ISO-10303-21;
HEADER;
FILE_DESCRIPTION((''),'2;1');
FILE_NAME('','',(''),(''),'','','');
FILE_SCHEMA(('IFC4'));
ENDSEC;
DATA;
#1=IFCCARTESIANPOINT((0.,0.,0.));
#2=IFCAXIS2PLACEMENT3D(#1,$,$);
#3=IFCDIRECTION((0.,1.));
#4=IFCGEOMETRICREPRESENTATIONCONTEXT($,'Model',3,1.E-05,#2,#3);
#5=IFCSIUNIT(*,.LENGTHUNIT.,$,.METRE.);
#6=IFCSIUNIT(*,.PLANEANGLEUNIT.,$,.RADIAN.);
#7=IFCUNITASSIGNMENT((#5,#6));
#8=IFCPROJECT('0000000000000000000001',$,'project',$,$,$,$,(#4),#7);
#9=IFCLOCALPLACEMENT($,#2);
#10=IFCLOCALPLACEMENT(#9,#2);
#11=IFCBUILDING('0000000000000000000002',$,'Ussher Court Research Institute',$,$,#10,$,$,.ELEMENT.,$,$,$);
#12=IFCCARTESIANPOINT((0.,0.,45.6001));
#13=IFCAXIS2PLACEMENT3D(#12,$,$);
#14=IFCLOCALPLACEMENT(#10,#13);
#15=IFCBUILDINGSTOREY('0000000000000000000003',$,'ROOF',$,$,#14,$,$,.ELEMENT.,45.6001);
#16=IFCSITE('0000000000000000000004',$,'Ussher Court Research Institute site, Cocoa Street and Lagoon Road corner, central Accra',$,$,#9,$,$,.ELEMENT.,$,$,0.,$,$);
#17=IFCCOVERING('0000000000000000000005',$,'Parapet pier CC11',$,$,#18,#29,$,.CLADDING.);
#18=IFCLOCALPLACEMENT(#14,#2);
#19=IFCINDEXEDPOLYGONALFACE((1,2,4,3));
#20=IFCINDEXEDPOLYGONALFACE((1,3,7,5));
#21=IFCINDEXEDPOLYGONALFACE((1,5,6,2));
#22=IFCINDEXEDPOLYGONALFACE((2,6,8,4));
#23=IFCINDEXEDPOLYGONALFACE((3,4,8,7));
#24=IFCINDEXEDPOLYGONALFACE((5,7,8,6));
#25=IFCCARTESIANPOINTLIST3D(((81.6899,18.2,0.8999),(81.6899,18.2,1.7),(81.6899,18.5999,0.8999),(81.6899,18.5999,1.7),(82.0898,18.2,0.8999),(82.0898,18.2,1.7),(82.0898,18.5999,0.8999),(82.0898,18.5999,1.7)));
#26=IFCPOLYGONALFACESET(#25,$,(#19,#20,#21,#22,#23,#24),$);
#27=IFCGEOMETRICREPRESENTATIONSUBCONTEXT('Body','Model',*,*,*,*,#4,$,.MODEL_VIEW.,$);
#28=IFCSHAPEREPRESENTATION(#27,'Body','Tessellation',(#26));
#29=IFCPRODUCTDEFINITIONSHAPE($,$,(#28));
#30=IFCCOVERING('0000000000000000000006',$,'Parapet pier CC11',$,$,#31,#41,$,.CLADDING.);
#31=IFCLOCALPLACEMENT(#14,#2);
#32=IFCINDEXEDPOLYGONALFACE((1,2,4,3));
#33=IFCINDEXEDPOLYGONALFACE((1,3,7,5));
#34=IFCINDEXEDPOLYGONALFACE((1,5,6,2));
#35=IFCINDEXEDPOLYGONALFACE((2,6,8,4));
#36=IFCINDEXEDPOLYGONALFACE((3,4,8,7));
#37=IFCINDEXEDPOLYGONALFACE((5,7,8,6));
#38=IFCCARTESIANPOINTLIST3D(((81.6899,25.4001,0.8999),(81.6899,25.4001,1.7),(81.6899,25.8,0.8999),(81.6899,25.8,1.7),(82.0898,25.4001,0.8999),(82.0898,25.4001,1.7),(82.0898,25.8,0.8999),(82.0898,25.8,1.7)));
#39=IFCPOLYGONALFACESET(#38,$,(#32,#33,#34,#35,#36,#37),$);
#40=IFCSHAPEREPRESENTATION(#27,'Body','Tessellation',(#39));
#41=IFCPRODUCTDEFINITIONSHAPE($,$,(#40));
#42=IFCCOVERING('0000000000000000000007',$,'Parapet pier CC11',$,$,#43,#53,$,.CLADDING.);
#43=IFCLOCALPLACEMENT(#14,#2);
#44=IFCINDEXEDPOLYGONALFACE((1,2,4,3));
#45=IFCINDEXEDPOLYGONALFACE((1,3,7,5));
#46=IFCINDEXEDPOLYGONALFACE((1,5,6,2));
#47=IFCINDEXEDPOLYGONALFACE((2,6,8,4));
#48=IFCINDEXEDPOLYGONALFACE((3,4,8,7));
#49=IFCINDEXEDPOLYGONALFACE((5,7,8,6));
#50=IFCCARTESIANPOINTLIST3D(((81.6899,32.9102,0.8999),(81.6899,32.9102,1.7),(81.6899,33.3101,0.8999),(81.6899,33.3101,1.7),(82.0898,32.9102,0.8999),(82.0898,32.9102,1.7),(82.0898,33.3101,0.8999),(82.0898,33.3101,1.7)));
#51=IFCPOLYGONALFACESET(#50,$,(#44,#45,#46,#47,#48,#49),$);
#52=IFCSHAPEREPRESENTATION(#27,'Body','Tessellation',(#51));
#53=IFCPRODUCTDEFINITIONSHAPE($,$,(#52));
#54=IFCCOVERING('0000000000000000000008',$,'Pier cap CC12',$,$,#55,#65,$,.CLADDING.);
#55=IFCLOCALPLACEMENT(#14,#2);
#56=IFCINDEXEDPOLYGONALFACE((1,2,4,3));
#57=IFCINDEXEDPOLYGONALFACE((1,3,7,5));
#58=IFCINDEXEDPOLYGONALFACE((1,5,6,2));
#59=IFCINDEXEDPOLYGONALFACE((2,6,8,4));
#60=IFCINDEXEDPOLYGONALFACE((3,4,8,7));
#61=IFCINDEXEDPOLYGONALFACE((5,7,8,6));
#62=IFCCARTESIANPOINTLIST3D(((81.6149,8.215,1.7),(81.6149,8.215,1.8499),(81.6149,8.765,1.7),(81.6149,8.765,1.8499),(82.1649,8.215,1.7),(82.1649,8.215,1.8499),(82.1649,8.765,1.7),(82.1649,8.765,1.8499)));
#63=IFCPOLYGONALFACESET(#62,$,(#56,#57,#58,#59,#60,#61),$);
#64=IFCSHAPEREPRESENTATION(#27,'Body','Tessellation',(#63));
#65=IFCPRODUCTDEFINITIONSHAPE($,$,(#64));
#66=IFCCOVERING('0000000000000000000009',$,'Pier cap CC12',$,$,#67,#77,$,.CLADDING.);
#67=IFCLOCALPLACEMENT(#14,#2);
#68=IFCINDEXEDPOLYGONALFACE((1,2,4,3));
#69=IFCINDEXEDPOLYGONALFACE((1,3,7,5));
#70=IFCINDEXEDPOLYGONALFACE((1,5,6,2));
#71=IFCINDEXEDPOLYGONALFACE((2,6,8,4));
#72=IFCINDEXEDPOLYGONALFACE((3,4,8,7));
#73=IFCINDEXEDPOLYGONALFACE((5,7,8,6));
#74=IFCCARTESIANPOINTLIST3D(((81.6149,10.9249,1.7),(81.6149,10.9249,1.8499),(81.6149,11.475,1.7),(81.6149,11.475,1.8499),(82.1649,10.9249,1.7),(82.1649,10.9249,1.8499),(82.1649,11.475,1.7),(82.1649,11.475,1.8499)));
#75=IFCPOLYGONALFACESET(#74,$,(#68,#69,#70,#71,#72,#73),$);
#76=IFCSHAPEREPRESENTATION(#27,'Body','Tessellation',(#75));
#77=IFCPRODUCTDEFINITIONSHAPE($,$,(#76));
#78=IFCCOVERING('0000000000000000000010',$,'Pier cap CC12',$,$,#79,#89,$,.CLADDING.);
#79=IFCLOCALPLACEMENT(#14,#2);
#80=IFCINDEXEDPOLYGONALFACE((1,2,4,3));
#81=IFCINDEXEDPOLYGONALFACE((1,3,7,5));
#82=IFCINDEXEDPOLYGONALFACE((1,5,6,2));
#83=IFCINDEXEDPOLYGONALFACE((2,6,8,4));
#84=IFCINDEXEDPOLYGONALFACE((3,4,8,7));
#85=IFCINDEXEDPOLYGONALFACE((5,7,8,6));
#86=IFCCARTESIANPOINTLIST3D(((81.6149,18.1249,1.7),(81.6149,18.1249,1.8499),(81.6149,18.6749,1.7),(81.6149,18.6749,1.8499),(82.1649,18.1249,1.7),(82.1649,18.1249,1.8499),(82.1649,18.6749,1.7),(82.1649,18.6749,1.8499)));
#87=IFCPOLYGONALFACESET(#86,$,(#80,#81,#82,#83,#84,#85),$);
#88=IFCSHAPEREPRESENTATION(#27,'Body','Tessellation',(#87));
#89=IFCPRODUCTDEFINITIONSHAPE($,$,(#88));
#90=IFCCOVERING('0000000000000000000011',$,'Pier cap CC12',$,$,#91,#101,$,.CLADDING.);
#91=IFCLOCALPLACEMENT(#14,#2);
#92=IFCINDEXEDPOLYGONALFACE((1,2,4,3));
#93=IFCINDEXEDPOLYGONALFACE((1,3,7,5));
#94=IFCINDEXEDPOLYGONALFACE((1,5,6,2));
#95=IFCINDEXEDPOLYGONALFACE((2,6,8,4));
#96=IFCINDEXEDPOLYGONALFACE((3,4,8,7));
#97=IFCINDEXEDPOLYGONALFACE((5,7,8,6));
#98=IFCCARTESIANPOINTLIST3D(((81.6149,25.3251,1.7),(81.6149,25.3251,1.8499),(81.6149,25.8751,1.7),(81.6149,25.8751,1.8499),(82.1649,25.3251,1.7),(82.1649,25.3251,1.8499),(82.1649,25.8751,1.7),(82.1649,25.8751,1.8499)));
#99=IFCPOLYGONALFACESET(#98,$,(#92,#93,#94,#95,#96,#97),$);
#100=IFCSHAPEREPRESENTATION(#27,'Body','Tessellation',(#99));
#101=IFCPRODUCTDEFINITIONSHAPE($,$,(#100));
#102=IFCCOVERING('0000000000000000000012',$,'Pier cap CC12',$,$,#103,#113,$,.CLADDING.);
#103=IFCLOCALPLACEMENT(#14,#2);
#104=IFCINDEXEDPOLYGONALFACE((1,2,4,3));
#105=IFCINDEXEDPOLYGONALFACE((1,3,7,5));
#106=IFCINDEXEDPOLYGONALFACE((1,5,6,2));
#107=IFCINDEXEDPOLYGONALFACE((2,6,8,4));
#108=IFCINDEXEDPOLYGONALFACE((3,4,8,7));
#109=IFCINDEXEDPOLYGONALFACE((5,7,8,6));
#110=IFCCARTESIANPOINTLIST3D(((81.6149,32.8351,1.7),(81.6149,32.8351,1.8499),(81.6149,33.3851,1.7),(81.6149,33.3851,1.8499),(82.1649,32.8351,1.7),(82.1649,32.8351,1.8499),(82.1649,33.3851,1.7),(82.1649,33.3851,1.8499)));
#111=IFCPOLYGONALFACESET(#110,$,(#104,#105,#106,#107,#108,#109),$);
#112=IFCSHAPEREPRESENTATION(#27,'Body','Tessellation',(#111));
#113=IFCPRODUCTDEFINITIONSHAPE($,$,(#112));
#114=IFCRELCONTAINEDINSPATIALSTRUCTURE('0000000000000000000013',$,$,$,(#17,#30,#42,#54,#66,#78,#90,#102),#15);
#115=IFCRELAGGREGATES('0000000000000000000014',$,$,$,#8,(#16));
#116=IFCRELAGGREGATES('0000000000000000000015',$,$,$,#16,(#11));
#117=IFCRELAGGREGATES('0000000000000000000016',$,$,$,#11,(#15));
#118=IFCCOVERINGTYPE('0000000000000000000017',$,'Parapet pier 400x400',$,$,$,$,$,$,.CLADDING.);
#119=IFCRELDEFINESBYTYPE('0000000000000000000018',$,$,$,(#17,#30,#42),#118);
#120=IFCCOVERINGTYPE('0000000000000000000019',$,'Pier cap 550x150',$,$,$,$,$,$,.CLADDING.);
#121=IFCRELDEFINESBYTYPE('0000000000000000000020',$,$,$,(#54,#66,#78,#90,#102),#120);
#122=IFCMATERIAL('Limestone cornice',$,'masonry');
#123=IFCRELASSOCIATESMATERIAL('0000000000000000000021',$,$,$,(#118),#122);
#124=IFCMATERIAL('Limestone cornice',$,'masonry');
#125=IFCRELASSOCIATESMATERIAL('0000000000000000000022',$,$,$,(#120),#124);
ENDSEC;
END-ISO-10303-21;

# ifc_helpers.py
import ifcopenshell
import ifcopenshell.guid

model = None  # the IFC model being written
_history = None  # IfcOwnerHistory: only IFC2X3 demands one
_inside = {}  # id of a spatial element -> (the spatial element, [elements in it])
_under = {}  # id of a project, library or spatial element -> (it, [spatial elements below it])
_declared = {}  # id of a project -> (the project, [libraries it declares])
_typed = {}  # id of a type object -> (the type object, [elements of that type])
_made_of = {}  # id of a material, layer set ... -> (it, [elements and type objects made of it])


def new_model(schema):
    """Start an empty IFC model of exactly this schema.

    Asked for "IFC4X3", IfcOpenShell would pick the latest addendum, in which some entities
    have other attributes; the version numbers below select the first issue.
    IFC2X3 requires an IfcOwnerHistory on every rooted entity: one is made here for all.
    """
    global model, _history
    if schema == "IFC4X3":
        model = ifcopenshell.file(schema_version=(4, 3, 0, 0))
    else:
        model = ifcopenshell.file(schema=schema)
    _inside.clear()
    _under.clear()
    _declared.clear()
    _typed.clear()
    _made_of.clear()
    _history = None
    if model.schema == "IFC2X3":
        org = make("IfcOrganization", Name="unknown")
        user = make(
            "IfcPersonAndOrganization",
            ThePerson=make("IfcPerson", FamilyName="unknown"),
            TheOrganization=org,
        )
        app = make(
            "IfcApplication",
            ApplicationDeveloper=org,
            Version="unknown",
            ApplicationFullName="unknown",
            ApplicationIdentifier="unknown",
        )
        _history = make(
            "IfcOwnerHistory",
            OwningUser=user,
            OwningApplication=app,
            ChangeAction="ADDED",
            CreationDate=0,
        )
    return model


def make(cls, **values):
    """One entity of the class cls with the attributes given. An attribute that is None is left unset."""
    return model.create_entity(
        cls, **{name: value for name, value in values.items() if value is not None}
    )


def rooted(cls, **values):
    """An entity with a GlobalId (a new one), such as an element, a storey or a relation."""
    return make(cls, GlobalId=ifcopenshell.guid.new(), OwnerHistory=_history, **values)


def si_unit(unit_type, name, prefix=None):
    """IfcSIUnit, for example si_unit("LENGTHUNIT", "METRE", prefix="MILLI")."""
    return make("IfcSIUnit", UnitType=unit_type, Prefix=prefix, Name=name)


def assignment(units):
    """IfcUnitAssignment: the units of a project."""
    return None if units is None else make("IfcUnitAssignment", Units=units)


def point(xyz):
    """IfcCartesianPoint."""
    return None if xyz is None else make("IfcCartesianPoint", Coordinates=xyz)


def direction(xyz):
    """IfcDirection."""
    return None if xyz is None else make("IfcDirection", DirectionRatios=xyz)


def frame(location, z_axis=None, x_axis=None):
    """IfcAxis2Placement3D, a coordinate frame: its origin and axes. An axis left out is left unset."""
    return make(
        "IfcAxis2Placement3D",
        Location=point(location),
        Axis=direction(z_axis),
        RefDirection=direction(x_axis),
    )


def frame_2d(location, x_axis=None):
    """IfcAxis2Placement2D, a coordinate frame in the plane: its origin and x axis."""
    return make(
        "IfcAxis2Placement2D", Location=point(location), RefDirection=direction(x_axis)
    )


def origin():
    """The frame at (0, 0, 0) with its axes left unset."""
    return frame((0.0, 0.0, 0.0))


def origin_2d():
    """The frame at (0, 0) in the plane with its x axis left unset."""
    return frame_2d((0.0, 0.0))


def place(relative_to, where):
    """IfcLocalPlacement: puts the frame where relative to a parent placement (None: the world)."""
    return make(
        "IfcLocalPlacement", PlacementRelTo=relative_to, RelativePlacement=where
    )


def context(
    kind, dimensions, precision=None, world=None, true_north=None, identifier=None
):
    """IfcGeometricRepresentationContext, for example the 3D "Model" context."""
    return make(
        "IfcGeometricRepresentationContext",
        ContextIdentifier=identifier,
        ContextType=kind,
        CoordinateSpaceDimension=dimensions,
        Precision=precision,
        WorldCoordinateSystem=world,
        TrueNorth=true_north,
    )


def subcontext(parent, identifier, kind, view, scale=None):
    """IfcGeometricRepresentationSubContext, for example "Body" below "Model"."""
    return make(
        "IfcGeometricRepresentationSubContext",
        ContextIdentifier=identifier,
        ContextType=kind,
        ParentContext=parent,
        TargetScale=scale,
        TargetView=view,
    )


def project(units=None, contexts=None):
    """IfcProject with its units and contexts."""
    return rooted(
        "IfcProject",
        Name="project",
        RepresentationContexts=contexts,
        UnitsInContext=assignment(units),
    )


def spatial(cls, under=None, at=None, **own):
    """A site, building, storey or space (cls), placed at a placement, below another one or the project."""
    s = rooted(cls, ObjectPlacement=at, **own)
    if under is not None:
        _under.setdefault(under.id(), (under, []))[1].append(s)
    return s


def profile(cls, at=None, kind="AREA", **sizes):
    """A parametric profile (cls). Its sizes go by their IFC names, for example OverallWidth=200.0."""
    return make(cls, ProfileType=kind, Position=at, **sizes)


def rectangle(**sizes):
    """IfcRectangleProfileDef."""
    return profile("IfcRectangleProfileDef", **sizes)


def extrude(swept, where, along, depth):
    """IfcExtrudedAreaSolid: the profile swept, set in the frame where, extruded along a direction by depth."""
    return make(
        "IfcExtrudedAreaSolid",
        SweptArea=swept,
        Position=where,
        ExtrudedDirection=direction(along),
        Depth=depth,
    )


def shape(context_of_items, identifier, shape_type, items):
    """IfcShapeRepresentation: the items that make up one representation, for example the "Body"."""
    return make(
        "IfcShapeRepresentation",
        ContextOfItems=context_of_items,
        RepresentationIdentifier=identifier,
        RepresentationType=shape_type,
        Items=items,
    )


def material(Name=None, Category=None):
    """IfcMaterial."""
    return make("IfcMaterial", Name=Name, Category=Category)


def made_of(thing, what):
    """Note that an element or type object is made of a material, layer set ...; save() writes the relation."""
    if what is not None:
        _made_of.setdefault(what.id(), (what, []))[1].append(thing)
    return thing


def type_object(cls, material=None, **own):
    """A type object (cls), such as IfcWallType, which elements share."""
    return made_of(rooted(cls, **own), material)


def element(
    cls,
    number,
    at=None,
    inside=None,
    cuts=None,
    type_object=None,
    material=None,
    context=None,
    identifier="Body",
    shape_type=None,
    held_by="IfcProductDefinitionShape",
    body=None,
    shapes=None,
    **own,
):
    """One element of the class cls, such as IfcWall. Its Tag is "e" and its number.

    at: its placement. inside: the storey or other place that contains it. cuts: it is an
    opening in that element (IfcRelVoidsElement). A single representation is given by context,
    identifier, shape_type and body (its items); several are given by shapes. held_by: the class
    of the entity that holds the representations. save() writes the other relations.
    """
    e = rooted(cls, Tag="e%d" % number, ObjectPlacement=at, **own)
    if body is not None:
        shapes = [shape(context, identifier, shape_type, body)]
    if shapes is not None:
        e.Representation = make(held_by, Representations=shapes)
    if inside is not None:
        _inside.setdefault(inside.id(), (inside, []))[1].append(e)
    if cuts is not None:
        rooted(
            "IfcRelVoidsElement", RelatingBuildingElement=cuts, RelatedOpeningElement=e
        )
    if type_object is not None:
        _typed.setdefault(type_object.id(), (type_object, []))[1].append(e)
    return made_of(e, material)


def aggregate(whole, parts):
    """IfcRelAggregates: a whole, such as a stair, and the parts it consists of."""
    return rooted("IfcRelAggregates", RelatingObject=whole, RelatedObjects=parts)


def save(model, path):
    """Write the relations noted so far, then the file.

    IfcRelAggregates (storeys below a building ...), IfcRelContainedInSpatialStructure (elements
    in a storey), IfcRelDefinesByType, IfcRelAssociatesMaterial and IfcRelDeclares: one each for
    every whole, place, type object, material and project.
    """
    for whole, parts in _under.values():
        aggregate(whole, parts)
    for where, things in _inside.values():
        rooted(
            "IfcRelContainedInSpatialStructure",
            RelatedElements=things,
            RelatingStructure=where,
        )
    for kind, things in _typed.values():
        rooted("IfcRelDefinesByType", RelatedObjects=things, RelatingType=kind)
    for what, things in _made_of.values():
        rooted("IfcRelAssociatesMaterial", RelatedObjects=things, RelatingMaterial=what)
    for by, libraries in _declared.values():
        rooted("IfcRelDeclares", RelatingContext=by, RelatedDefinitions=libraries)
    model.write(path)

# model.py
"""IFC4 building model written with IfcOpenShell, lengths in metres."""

from ifc_helpers import new_model, si_unit, direction, frame, origin, origin_2d, place, context, subcontext, project, spatial, rectangle, extrude, material, type_object, element, save


model = new_model("IFC4")

# Units and contexts
model_context = context("Model", 3, precision=1e-05, world=origin(), true_north=direction((0.0, 1.0)))
body_context = subcontext(model_context, "Body", "Model", "MODEL_VIEW")
ifc_project = project(units=[si_unit("LENGTHUNIT", "METRE"), si_unit("PLANEANGLEUNIT", "RADIAN")], contexts=[model_context])

# Site, building, storey
site_placement = place(None, origin())
site = spatial("IfcSite", under=ifc_project, at=site_placement, Name="Ussher Court Research Institute site, Cocoa Street and Lagoon Road corner, central Accra", CompositionType="ELEMENT", RefElevation=0.0)
building_placement = place(site_placement, origin())
building = spatial("IfcBuilding", under=site, at=building_placement, Name="Ussher Court Research Institute", CompositionType="ELEMENT")
storey_placement = place(building_placement, frame((0.0, 0.0, 45.6001)))
storey = spatial("IfcBuildingStorey", under=building, at=storey_placement, Name="ROOF", CompositionType="ELEMENT", Elevation=45.6001)

# Coverings
ifc_material_1 = material(Name="Limestone cornice", Category="masonry")
covering_type_1 = type_object("IfcCoveringType", Name="Parapet pier 400x400", PredefinedType="CLADDING", material=ifc_material_1)
for number, where, z_axis, x_axis, name in (
    (1, (81.8899, 18.3999, 0.8999), (0.0, 0.0, 1.0), (1.0, 0.0, 0.0), "Parapet pier CC11"),
    (2, (81.8899, 25.6001, 0.8999), (0.0, 0.0, 1.0), (1.0, 0.0, 0.0), "Parapet pier CC11"),
    (3, (81.8899, 33.1101, 0.8999), (0.0, 0.0, 1.0), (1.0, 0.0, 0.0), "Parapet pier CC11"),
):
    element("IfcCovering", number, at=place(storey_placement, frame(where, z_axis=z_axis, x_axis=x_axis)), inside=storey, type_object=covering_type_1, Name=name, PredefinedType="CLADDING", context=body_context, shape_type="SweptSolid", body=[
        extrude(rectangle(XDim=0.3999, YDim=0.3999, at=origin_2d()), origin(), (0.0, 0.0, 1.0), 0.8),
    ])
ifc_material_2 = material(Name="Limestone cornice", Category="masonry")
covering_type_2 = type_object("IfcCoveringType", Name="Pier cap 550x150", PredefinedType="CLADDING", material=ifc_material_2)
for number, where, z_axis, x_axis, name in (
    (4, (81.8899, 8.49, 1.7), (0.0, 0.0, 1.0), (1.0, 0.0, 0.0), "Pier cap CC12"),
    (5, (81.8899, 11.2, 1.7), (0.0, 0.0, 1.0), (1.0, 0.0, 0.0), "Pier cap CC12"),
    (6, (81.8899, 18.3999, 1.7), (0.0, 0.0, 1.0), (1.0, 0.0, 0.0), "Pier cap CC12"),
    (7, (81.8899, 25.6001, 1.7), (0.0, 0.0, 1.0), (1.0, 0.0, 0.0), "Pier cap CC12"),
    (8, (81.8899, 33.1101, 1.7), (0.0, 0.0, 1.0), (1.0, 0.0, 0.0), "Pier cap CC12"),
):
    element("IfcCovering", number, at=place(storey_placement, frame(where, z_axis=z_axis, x_axis=x_axis)), inside=storey, type_object=covering_type_2, Name=name, PredefinedType="CLADDING", context=body_context, shape_type="SweptSolid", body=[
        extrude(rectangle(XDim=0.55, YDim=0.55, at=origin_2d()), origin(), (0.0, 0.0, 1.0), 0.1499),
    ])

save(model, "model.ifc")
